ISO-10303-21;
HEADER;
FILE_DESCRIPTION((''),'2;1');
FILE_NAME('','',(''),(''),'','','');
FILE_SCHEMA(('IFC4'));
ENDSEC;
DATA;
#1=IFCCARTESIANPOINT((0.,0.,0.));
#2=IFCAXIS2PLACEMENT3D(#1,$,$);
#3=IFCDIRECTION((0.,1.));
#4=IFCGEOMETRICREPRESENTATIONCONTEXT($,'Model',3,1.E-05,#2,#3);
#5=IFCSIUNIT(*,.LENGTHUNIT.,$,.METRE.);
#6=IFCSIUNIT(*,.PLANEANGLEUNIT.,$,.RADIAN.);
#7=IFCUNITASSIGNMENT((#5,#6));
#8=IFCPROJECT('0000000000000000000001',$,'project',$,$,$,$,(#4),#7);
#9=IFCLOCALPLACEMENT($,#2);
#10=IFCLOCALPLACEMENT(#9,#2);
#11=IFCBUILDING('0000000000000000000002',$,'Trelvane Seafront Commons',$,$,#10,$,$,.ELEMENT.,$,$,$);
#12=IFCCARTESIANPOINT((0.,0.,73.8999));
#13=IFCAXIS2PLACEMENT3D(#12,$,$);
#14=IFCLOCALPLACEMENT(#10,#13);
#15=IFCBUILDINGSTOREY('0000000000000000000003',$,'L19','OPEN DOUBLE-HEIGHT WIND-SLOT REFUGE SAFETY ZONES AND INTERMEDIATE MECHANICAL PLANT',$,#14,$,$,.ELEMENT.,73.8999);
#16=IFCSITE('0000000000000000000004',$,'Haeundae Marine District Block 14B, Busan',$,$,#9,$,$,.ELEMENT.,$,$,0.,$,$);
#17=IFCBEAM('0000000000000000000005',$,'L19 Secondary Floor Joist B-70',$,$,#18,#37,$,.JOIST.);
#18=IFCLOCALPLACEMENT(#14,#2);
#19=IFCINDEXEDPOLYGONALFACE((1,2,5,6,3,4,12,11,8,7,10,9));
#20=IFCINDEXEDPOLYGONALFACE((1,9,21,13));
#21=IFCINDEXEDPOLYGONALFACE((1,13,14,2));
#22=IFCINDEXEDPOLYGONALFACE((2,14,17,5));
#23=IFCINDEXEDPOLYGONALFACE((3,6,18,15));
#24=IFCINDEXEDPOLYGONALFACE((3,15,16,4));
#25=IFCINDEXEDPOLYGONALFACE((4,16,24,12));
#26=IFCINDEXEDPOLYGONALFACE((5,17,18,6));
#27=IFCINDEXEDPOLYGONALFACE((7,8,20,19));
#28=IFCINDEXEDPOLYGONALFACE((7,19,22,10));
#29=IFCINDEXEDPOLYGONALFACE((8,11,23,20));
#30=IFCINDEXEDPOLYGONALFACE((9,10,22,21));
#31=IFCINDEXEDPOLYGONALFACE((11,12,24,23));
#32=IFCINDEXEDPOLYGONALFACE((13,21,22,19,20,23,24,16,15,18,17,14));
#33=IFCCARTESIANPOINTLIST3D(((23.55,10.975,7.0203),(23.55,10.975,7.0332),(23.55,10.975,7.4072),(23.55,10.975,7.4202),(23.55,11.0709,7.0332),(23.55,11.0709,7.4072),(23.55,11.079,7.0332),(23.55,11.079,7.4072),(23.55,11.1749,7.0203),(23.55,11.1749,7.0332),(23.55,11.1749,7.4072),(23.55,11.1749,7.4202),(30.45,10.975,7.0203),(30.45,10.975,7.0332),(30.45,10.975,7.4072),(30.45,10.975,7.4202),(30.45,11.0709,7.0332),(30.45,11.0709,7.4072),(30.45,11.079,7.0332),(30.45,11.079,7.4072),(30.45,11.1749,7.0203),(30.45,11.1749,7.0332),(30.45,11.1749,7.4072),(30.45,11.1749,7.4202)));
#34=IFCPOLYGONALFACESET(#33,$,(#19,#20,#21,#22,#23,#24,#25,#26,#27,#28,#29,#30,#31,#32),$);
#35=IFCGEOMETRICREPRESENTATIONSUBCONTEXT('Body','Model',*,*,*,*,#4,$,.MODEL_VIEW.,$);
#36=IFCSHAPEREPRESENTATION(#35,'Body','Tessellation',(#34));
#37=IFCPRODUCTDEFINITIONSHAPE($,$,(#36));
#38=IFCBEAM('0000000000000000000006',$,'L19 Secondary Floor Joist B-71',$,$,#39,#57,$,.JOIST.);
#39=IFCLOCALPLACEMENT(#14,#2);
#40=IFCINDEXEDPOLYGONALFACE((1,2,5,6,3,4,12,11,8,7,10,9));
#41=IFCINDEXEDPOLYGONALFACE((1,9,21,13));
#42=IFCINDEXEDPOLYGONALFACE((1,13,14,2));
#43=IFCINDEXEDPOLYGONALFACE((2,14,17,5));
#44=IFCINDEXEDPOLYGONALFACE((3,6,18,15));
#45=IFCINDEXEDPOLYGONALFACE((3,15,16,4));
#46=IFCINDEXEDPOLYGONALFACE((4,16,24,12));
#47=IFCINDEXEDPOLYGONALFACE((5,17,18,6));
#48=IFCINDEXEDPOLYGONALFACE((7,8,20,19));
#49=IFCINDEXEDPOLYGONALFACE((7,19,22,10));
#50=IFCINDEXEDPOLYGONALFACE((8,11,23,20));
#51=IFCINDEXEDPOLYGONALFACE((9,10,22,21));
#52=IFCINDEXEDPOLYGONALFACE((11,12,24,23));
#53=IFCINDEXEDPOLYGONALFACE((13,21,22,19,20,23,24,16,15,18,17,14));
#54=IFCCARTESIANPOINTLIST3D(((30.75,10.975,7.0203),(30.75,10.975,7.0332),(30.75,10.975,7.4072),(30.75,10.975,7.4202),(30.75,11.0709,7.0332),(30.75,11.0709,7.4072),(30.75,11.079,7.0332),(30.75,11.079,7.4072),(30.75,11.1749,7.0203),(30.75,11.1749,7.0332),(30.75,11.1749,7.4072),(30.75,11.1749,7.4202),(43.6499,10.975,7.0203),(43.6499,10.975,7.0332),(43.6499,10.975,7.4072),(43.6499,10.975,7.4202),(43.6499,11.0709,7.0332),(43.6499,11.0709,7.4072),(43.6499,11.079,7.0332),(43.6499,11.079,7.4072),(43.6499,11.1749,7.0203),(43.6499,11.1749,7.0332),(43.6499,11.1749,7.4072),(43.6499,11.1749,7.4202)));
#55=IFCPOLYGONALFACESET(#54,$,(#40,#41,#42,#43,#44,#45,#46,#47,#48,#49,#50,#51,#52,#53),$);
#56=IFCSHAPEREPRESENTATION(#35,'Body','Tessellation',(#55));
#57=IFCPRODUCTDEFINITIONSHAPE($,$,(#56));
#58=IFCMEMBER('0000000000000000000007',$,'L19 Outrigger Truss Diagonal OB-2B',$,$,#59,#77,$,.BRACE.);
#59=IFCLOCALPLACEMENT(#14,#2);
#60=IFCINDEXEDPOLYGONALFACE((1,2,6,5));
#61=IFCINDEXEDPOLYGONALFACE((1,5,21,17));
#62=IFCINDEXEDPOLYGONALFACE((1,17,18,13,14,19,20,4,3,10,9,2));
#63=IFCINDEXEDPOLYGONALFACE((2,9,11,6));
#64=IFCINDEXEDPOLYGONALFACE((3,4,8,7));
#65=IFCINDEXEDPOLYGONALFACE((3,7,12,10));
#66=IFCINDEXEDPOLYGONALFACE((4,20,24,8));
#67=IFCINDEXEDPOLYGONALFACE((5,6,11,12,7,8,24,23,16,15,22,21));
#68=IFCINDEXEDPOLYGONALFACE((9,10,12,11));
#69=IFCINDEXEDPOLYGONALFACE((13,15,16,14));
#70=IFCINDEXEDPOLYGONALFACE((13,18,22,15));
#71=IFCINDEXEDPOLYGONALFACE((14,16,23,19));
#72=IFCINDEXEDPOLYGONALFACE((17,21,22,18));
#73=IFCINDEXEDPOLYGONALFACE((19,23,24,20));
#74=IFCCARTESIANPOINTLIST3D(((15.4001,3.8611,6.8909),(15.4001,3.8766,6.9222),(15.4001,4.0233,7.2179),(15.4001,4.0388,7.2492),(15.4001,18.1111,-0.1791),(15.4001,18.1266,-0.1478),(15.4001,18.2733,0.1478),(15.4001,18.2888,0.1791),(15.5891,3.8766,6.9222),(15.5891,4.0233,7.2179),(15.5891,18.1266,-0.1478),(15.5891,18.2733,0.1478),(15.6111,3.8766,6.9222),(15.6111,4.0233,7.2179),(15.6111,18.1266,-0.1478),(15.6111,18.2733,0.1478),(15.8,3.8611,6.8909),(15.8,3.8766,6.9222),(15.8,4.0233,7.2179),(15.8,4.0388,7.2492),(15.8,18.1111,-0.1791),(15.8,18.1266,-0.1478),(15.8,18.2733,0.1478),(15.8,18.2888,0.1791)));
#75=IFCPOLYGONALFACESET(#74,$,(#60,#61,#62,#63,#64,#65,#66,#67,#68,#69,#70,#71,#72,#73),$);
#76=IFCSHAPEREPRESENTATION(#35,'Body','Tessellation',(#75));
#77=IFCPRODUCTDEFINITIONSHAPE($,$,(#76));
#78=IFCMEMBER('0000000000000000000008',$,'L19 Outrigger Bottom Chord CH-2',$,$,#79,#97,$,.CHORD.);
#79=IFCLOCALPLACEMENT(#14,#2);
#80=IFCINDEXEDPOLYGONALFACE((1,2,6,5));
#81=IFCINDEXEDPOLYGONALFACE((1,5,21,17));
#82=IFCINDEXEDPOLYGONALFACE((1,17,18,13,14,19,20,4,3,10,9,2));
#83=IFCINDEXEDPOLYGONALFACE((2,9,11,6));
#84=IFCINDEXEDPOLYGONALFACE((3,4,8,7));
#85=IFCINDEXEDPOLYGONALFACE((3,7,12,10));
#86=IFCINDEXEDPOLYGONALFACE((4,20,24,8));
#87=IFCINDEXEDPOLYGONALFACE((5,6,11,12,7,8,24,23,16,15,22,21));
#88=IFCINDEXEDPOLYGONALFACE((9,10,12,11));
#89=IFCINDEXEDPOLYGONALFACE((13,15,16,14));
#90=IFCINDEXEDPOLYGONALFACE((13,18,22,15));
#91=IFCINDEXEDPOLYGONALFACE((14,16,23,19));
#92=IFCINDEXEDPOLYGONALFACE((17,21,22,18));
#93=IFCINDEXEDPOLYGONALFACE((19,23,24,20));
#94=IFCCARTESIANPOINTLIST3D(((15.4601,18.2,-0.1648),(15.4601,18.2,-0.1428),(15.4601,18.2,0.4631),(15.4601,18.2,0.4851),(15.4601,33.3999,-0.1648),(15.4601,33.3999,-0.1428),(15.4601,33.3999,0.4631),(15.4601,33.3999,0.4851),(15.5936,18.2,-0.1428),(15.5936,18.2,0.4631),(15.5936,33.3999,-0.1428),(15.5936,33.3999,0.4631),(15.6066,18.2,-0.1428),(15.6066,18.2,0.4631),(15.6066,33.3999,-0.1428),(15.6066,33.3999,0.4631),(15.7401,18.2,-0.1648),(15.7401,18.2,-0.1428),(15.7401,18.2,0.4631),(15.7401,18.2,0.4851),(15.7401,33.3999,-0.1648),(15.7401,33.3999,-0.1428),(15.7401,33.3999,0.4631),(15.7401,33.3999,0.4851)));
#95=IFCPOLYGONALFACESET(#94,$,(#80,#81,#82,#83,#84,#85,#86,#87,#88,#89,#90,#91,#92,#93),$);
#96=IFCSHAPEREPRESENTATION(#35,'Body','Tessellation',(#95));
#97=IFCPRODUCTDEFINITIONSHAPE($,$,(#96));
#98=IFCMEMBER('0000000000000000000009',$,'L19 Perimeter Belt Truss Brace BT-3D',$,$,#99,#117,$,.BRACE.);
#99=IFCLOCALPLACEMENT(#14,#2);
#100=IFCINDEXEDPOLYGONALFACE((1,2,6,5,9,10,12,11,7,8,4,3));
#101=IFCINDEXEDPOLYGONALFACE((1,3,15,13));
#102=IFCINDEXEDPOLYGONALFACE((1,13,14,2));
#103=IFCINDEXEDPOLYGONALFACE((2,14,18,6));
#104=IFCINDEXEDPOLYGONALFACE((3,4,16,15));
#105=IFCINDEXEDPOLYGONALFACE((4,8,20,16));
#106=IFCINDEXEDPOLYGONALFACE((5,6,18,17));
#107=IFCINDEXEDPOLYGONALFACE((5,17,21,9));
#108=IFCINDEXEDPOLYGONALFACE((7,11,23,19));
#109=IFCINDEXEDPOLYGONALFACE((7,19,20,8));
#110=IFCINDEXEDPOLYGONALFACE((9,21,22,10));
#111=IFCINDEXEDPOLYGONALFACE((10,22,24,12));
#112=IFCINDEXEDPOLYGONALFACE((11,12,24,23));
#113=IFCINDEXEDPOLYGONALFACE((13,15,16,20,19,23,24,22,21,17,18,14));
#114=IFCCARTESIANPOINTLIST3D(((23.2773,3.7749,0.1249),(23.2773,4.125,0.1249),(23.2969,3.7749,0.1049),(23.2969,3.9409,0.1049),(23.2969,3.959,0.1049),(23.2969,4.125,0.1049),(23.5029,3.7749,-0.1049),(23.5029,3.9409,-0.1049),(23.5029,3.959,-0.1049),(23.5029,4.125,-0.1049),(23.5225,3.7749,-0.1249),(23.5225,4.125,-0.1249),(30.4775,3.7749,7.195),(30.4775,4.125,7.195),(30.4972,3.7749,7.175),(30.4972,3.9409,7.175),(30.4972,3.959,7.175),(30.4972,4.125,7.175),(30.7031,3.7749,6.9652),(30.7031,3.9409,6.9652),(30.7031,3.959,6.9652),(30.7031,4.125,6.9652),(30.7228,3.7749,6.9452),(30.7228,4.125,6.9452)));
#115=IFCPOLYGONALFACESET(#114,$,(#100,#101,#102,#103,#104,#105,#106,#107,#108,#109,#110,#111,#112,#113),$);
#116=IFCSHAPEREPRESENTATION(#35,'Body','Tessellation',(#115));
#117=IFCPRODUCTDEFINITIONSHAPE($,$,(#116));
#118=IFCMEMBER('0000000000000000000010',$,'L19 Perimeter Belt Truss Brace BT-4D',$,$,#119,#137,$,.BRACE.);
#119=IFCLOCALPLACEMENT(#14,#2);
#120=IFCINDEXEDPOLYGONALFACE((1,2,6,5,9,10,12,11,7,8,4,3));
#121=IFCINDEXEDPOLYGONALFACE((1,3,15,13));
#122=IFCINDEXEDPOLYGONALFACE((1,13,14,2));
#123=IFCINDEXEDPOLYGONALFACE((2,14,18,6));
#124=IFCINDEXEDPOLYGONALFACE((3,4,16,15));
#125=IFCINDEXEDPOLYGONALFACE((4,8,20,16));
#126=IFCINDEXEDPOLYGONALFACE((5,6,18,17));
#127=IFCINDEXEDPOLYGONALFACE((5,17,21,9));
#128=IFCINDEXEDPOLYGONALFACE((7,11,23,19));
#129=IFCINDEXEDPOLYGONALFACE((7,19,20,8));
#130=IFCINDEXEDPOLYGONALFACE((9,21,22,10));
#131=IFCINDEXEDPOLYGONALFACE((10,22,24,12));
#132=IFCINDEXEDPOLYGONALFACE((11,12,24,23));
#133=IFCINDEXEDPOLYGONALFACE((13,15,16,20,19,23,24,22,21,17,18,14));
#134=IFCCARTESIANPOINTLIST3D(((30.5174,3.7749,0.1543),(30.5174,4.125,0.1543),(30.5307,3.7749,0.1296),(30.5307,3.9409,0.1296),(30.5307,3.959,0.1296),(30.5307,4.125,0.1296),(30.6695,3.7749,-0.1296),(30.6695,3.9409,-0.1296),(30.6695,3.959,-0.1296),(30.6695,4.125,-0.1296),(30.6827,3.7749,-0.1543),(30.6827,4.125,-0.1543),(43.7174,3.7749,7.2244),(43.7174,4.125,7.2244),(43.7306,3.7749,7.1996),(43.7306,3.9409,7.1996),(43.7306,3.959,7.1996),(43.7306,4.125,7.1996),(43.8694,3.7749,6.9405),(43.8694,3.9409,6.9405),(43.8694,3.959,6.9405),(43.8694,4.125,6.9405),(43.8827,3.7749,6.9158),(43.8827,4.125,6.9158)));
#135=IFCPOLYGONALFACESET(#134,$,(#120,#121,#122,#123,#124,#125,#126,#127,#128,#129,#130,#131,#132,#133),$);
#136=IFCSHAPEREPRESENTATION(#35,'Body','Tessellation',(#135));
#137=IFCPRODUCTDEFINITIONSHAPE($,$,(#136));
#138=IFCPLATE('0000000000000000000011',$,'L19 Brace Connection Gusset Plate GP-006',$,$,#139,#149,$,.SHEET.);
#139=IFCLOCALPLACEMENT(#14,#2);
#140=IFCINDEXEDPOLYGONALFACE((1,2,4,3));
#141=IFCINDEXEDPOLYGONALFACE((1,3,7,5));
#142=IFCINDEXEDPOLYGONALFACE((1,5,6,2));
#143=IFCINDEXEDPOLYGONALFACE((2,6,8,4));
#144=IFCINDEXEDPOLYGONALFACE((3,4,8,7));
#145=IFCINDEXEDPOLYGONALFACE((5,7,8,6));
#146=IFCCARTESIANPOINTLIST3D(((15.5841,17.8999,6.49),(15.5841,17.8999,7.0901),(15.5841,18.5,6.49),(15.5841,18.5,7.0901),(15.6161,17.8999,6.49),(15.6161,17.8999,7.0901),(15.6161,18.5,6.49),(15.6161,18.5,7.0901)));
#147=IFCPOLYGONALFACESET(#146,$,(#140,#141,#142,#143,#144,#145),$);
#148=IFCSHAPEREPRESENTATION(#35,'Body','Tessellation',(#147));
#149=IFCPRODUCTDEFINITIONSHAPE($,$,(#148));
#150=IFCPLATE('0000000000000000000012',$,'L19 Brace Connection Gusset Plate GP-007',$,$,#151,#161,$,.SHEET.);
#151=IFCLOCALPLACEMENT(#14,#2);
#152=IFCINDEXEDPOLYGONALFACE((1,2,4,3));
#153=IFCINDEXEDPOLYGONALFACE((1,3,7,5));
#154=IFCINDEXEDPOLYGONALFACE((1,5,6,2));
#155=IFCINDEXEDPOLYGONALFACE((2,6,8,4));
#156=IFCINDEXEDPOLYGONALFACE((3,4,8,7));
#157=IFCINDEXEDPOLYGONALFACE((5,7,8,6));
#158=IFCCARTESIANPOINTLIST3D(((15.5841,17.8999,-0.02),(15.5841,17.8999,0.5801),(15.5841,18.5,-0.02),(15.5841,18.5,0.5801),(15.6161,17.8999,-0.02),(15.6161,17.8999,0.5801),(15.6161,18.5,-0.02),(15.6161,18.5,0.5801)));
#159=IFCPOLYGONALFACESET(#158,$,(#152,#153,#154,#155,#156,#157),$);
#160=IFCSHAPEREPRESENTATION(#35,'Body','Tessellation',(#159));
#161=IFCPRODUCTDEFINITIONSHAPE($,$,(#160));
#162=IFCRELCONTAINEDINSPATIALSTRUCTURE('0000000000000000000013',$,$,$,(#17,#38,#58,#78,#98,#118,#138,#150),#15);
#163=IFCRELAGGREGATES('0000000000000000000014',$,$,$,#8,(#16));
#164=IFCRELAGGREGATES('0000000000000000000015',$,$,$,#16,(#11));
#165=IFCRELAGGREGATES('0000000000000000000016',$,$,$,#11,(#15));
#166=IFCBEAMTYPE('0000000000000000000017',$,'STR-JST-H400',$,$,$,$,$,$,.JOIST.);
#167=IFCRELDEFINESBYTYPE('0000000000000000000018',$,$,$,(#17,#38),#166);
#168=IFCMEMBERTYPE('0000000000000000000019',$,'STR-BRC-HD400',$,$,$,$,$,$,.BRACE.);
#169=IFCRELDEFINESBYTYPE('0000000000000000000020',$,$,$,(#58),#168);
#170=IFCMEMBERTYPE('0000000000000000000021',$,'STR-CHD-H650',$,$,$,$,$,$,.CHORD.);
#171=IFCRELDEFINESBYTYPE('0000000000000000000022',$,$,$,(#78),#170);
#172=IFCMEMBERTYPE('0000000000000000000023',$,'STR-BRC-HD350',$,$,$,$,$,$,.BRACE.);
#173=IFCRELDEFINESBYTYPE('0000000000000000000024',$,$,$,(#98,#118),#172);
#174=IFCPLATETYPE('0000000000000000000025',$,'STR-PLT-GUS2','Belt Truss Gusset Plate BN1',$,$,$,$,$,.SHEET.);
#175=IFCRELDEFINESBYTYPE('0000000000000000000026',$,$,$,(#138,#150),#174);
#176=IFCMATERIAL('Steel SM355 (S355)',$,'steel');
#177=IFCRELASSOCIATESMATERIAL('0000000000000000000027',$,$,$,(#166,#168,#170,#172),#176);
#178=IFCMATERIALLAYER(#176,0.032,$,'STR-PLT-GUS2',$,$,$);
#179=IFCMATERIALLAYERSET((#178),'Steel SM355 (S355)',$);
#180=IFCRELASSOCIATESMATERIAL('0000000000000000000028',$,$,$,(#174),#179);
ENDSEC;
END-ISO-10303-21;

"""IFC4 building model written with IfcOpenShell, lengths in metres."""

from ifc_helpers import new_model, si_unit, direction, frame, origin, origin_2d, place, context, subcontext, project, spatial, rectangle, i_section, extrude, source, transform, mapped, material, layer, layer_set, material_profile, profile_set, type_object, element, save


model = new_model("IFC4")

# Units and contexts
model_context = context("Model", 3, precision=1e-05, world=origin(), true_north=direction((0.0, 1.0)))
body_context = subcontext(model_context, "Body", "Model", "MODEL_VIEW")
ifc_project = project(units=[si_unit("LENGTHUNIT", "METRE"), si_unit("PLANEANGLEUNIT", "RADIAN")], contexts=[model_context])

# Site, building, storey
site_placement = place(None, origin())
site = spatial("IfcSite", under=ifc_project, at=site_placement, Name="Haeundae Marine District Block 14B, Busan", CompositionType="ELEMENT", RefElevation=0.0)
building_placement = place(site_placement, origin())
building = spatial("IfcBuilding", under=site, at=building_placement, Name="Trelvane Seafront Commons", CompositionType="ELEMENT")
storey_placement = place(building_placement, frame((0.0, 0.0, 73.8999)))
storey = spatial("IfcBuildingStorey", under=building, at=storey_placement, Name="L19", Description="OPEN DOUBLE-HEIGHT WIND-SLOT REFUGE SAFETY ZONES AND INTERMEDIATE MECHANICAL PLANT", CompositionType="ELEMENT", Elevation=73.8999)

# Shared definitions
ifc_material_1 = material(Name="Steel SM355 (S355)", Category="steel")

# Beams
ifc_material_profile_1 = material_profile(ifc_material_1, i_section(OverallWidth=0.2, OverallDepth=0.3999, WebThickness=0.0081, FlangeThickness=0.0129, at=origin_2d()), Name="H-400x200x8x13")
ifc_profile_set_1 = profile_set([ifc_material_profile_1], Name="Steel SM355 (S355)")
beam_type_1 = type_object("IfcBeamType", Name="STR-JST-H400", PredefinedType="JOIST", material=ifc_profile_set_1)
shared_shape_1 = source(origin(), body_context, "Body", "SweptSolid", [
    extrude(i_section(OverallWidth=0.2, OverallDepth=0.3999, WebThickness=0.0081, FlangeThickness=0.0129, at=origin_2d()), origin(), (0.0, 0.0, 1.0), 6.8999),
])
beam_1_placement = place(storey_placement, frame((23.55, 11.075, 7.2202), z_axis=(1.0, 0.0, 0.0), x_axis=(0.0, 1.0, 0.0)))
element("IfcBeam", 1, at=beam_1_placement, inside=storey, type_object=beam_type_1, Name="L19 Secondary Floor Joist B-70", PredefinedType="JOIST", context=body_context, shape_type="MappedRepresentation", body=[
    mapped(shared_shape_1, transform((0.0, 0.0, 0.0), x_axis=(1.0, 0.0, 0.0), y_axis=(0.0, 1.0, 0.0), z_axis=(0.0, 0.0, 1.0), scale=1.0)),
])
shared_shape_2 = source(origin(), body_context, "Body", "SweptSolid", [
    extrude(i_section(OverallWidth=0.2, OverallDepth=0.3999, WebThickness=0.0081, FlangeThickness=0.0129, at=origin_2d()), origin(), (0.0, 0.0, 1.0), 12.8999),
])
beam_2_placement = place(storey_placement, frame((30.75, 11.075, 7.2202), z_axis=(1.0, 0.0, 0.0), x_axis=(0.0, 1.0, 0.0)))
element("IfcBeam", 2, at=beam_2_placement, inside=storey, type_object=beam_type_1, Name="L19 Secondary Floor Joist B-71", PredefinedType="JOIST", context=body_context, shape_type="MappedRepresentation", body=[
    mapped(shared_shape_2, transform((0.0, 0.0, 0.0), x_axis=(1.0, 0.0, 0.0), y_axis=(0.0, 1.0, 0.0), z_axis=(0.0, 0.0, 1.0), scale=1.0)),
])

# Members
ifc_material_profile_2 = material_profile(ifc_material_1, i_section(OverallWidth=0.3999, OverallDepth=0.3999, WebThickness=0.022, FlangeThickness=0.0349, at=origin_2d()), Name="HD-400x400x22x35")
ifc_profile_set_2 = profile_set([ifc_material_profile_2], Name="Steel SM355 (S355)")
member_type_1 = type_object("IfcMemberType", Name="STR-BRC-HD400", PredefinedType="BRACE", material=ifc_profile_set_2)
shared_shape_3 = source(origin(), body_context, "Body", "SweptSolid", [
    extrude(i_section(OverallWidth=0.3999, OverallDepth=0.3999, WebThickness=0.022, FlangeThickness=0.0349, at=origin_2d()), origin(), (0.0, 0.0, 1.0), 15.9075),
])
member_1_placement = place(storey_placement, frame((15.6001, 18.2, 0.0), z_axis=(0.0, -0.895804, 0.444449), x_axis=(1.0, 0.0, 0.0)))
element("IfcMember", 3, at=member_1_placement, inside=storey, type_object=member_type_1, Name="L19 Outrigger Truss Diagonal OB-2B", PredefinedType="BRACE", context=body_context, shape_type="MappedRepresentation", body=[
    mapped(shared_shape_3, transform((0.0, 0.0, 0.0), x_axis=(1.0, 0.0, 0.0), y_axis=(0.0, 1.0, 0.0), z_axis=(0.0, 0.0, 1.0), scale=1.0)),
])
ifc_material_profile_3 = material_profile(ifc_material_1, i_section(OverallWidth=0.28, OverallDepth=0.6499, WebThickness=0.0129, FlangeThickness=0.022, at=origin_2d()), Name="H-650x280x13x22")
ifc_profile_set_3 = profile_set([ifc_material_profile_3], Name="Steel SM355 (S355)")
member_type_2 = type_object("IfcMemberType", Name="STR-CHD-H650", PredefinedType="CHORD", material=ifc_profile_set_3)
shared_shape_4 = source(origin(), body_context, "Body", "SweptSolid", [
    extrude(i_section(OverallWidth=0.28, OverallDepth=0.6499, WebThickness=0.0129, FlangeThickness=0.022, at=origin_2d()), origin(), (0.0, 0.0, 1.0), 15.2),
])
member_2_placement = place(storey_placement, frame((15.6001, 18.2, 0.1602), z_axis=(0.0, 1.0, 0.0), x_axis=(-1.0, 0.0, 0.0)))
element("IfcMember", 4, at=member_2_placement, inside=storey, type_object=member_type_2, Name="L19 Outrigger Bottom Chord CH-2", PredefinedType="CHORD", context=body_context, shape_type="MappedRepresentation", body=[
    mapped(shared_shape_4, transform((0.0, 0.0, 0.0), x_axis=(1.0, 0.0, 0.0), y_axis=(0.0, 1.0, 0.0), z_axis=(0.0, 0.0, 1.0), scale=1.0)),
])
ifc_material_profile_4 = material_profile(ifc_material_1, i_section(OverallWidth=0.3501, OverallDepth=0.3501, WebThickness=0.0181, FlangeThickness=0.0281, at=origin_2d()), Name="HD-350x350x18x28")
ifc_profile_set_4 = profile_set([ifc_material_profile_4], Name="Steel SM355 (S355)")
member_type_3 = type_object("IfcMemberType", Name="STR-BRC-HD350", PredefinedType="BRACE", material=ifc_profile_set_4)
shared_shape_5 = source(origin(), body_context, "Body", "SweptSolid", [
    extrude(i_section(OverallWidth=0.3501, OverallDepth=0.3501, WebThickness=0.0181, FlangeThickness=0.0281, at=origin_2d()), origin(), (0.0, 0.0, 1.0), 10.0911),
])
member_3_placement = place(storey_placement, frame((23.3999, 3.95, 0.0), z_axis=(0.713525, 0.0, 0.70063), x_axis=(0.0, 1.0, 0.0)))
element("IfcMember", 5, at=member_3_placement, inside=storey, type_object=member_type_3, Name="L19 Perimeter Belt Truss Brace BT-3D", PredefinedType="BRACE", context=body_context, shape_type="MappedRepresentation", body=[
    mapped(shared_shape_5, transform((0.0, 0.0, 0.0), x_axis=(1.0, 0.0, 0.0), y_axis=(0.0, 1.0, 0.0), z_axis=(0.0, 0.0, 1.0), scale=1.0)),
])
shared_shape_6 = source(origin(), body_context, "Body", "SweptSolid", [
    extrude(i_section(OverallWidth=0.3501, OverallDepth=0.3501, WebThickness=0.0181, FlangeThickness=0.0281, at=origin_2d()), origin(), (0.0, 0.0, 1.0), 14.9741),
])
member_4_placement = place(storey_placement, frame((30.6001, 3.95, 0.0), z_axis=(0.881517, 0.0, 0.472152), x_axis=(0.0, 1.0, 0.0)))
element("IfcMember", 6, at=member_4_placement, inside=storey, type_object=member_type_3, Name="L19 Perimeter Belt Truss Brace BT-4D", PredefinedType="BRACE", context=body_context, shape_type="MappedRepresentation", body=[
    mapped(shared_shape_6, transform((0.0, 0.0, 0.0), x_axis=(1.0, 0.0, 0.0), y_axis=(0.0, 1.0, 0.0), z_axis=(0.0, 0.0, 1.0), scale=1.0)),
])

# Plates
ifc_layer_1 = layer(ifc_material_1, 0.032, Name="STR-PLT-GUS2")
ifc_layer_set_1 = layer_set([ifc_layer_1], Name="Steel SM355 (S355)")
plate_type = type_object("IfcPlateType", Name="STR-PLT-GUS2", Description="Belt Truss Gusset Plate BN1", PredefinedType="SHEET", material=ifc_layer_set_1)
shared_shape_7 = source(origin(), body_context, "Body", "SweptSolid", [
    extrude(rectangle(XDim=0.032, YDim=0.6001, at=origin_2d()), origin(), (0.0, 0.0, 1.0), 0.6001),
])
for number, where, z_axis, x_axis, name in (
    (7, (15.6001, 18.2, 6.49), (0.0, 0.0, 1.0), (1.0, 0.0, 0.0), "L19 Brace Connection Gusset Plate GP-006"),
    (8, (15.6001, 18.2, -0.02), (0.0, 0.0, 1.0), (1.0, 0.0, 0.0), "L19 Brace Connection Gusset Plate GP-007"),
):
    element("IfcPlate", number, at=place(storey_placement, frame(where, z_axis=z_axis, x_axis=x_axis)), inside=storey, type_object=plate_type, Name=name, PredefinedType="SHEET", context=body_context, shape_type="MappedRepresentation", body=[
        mapped(shared_shape_7, transform((0.0, 0.0, 0.0), x_axis=(1.0, 0.0, 0.0), y_axis=(0.0, 1.0, 0.0), z_axis=(0.0, 0.0, 1.0), scale=1.0)),
    ])

save(model, "model.ifc")
